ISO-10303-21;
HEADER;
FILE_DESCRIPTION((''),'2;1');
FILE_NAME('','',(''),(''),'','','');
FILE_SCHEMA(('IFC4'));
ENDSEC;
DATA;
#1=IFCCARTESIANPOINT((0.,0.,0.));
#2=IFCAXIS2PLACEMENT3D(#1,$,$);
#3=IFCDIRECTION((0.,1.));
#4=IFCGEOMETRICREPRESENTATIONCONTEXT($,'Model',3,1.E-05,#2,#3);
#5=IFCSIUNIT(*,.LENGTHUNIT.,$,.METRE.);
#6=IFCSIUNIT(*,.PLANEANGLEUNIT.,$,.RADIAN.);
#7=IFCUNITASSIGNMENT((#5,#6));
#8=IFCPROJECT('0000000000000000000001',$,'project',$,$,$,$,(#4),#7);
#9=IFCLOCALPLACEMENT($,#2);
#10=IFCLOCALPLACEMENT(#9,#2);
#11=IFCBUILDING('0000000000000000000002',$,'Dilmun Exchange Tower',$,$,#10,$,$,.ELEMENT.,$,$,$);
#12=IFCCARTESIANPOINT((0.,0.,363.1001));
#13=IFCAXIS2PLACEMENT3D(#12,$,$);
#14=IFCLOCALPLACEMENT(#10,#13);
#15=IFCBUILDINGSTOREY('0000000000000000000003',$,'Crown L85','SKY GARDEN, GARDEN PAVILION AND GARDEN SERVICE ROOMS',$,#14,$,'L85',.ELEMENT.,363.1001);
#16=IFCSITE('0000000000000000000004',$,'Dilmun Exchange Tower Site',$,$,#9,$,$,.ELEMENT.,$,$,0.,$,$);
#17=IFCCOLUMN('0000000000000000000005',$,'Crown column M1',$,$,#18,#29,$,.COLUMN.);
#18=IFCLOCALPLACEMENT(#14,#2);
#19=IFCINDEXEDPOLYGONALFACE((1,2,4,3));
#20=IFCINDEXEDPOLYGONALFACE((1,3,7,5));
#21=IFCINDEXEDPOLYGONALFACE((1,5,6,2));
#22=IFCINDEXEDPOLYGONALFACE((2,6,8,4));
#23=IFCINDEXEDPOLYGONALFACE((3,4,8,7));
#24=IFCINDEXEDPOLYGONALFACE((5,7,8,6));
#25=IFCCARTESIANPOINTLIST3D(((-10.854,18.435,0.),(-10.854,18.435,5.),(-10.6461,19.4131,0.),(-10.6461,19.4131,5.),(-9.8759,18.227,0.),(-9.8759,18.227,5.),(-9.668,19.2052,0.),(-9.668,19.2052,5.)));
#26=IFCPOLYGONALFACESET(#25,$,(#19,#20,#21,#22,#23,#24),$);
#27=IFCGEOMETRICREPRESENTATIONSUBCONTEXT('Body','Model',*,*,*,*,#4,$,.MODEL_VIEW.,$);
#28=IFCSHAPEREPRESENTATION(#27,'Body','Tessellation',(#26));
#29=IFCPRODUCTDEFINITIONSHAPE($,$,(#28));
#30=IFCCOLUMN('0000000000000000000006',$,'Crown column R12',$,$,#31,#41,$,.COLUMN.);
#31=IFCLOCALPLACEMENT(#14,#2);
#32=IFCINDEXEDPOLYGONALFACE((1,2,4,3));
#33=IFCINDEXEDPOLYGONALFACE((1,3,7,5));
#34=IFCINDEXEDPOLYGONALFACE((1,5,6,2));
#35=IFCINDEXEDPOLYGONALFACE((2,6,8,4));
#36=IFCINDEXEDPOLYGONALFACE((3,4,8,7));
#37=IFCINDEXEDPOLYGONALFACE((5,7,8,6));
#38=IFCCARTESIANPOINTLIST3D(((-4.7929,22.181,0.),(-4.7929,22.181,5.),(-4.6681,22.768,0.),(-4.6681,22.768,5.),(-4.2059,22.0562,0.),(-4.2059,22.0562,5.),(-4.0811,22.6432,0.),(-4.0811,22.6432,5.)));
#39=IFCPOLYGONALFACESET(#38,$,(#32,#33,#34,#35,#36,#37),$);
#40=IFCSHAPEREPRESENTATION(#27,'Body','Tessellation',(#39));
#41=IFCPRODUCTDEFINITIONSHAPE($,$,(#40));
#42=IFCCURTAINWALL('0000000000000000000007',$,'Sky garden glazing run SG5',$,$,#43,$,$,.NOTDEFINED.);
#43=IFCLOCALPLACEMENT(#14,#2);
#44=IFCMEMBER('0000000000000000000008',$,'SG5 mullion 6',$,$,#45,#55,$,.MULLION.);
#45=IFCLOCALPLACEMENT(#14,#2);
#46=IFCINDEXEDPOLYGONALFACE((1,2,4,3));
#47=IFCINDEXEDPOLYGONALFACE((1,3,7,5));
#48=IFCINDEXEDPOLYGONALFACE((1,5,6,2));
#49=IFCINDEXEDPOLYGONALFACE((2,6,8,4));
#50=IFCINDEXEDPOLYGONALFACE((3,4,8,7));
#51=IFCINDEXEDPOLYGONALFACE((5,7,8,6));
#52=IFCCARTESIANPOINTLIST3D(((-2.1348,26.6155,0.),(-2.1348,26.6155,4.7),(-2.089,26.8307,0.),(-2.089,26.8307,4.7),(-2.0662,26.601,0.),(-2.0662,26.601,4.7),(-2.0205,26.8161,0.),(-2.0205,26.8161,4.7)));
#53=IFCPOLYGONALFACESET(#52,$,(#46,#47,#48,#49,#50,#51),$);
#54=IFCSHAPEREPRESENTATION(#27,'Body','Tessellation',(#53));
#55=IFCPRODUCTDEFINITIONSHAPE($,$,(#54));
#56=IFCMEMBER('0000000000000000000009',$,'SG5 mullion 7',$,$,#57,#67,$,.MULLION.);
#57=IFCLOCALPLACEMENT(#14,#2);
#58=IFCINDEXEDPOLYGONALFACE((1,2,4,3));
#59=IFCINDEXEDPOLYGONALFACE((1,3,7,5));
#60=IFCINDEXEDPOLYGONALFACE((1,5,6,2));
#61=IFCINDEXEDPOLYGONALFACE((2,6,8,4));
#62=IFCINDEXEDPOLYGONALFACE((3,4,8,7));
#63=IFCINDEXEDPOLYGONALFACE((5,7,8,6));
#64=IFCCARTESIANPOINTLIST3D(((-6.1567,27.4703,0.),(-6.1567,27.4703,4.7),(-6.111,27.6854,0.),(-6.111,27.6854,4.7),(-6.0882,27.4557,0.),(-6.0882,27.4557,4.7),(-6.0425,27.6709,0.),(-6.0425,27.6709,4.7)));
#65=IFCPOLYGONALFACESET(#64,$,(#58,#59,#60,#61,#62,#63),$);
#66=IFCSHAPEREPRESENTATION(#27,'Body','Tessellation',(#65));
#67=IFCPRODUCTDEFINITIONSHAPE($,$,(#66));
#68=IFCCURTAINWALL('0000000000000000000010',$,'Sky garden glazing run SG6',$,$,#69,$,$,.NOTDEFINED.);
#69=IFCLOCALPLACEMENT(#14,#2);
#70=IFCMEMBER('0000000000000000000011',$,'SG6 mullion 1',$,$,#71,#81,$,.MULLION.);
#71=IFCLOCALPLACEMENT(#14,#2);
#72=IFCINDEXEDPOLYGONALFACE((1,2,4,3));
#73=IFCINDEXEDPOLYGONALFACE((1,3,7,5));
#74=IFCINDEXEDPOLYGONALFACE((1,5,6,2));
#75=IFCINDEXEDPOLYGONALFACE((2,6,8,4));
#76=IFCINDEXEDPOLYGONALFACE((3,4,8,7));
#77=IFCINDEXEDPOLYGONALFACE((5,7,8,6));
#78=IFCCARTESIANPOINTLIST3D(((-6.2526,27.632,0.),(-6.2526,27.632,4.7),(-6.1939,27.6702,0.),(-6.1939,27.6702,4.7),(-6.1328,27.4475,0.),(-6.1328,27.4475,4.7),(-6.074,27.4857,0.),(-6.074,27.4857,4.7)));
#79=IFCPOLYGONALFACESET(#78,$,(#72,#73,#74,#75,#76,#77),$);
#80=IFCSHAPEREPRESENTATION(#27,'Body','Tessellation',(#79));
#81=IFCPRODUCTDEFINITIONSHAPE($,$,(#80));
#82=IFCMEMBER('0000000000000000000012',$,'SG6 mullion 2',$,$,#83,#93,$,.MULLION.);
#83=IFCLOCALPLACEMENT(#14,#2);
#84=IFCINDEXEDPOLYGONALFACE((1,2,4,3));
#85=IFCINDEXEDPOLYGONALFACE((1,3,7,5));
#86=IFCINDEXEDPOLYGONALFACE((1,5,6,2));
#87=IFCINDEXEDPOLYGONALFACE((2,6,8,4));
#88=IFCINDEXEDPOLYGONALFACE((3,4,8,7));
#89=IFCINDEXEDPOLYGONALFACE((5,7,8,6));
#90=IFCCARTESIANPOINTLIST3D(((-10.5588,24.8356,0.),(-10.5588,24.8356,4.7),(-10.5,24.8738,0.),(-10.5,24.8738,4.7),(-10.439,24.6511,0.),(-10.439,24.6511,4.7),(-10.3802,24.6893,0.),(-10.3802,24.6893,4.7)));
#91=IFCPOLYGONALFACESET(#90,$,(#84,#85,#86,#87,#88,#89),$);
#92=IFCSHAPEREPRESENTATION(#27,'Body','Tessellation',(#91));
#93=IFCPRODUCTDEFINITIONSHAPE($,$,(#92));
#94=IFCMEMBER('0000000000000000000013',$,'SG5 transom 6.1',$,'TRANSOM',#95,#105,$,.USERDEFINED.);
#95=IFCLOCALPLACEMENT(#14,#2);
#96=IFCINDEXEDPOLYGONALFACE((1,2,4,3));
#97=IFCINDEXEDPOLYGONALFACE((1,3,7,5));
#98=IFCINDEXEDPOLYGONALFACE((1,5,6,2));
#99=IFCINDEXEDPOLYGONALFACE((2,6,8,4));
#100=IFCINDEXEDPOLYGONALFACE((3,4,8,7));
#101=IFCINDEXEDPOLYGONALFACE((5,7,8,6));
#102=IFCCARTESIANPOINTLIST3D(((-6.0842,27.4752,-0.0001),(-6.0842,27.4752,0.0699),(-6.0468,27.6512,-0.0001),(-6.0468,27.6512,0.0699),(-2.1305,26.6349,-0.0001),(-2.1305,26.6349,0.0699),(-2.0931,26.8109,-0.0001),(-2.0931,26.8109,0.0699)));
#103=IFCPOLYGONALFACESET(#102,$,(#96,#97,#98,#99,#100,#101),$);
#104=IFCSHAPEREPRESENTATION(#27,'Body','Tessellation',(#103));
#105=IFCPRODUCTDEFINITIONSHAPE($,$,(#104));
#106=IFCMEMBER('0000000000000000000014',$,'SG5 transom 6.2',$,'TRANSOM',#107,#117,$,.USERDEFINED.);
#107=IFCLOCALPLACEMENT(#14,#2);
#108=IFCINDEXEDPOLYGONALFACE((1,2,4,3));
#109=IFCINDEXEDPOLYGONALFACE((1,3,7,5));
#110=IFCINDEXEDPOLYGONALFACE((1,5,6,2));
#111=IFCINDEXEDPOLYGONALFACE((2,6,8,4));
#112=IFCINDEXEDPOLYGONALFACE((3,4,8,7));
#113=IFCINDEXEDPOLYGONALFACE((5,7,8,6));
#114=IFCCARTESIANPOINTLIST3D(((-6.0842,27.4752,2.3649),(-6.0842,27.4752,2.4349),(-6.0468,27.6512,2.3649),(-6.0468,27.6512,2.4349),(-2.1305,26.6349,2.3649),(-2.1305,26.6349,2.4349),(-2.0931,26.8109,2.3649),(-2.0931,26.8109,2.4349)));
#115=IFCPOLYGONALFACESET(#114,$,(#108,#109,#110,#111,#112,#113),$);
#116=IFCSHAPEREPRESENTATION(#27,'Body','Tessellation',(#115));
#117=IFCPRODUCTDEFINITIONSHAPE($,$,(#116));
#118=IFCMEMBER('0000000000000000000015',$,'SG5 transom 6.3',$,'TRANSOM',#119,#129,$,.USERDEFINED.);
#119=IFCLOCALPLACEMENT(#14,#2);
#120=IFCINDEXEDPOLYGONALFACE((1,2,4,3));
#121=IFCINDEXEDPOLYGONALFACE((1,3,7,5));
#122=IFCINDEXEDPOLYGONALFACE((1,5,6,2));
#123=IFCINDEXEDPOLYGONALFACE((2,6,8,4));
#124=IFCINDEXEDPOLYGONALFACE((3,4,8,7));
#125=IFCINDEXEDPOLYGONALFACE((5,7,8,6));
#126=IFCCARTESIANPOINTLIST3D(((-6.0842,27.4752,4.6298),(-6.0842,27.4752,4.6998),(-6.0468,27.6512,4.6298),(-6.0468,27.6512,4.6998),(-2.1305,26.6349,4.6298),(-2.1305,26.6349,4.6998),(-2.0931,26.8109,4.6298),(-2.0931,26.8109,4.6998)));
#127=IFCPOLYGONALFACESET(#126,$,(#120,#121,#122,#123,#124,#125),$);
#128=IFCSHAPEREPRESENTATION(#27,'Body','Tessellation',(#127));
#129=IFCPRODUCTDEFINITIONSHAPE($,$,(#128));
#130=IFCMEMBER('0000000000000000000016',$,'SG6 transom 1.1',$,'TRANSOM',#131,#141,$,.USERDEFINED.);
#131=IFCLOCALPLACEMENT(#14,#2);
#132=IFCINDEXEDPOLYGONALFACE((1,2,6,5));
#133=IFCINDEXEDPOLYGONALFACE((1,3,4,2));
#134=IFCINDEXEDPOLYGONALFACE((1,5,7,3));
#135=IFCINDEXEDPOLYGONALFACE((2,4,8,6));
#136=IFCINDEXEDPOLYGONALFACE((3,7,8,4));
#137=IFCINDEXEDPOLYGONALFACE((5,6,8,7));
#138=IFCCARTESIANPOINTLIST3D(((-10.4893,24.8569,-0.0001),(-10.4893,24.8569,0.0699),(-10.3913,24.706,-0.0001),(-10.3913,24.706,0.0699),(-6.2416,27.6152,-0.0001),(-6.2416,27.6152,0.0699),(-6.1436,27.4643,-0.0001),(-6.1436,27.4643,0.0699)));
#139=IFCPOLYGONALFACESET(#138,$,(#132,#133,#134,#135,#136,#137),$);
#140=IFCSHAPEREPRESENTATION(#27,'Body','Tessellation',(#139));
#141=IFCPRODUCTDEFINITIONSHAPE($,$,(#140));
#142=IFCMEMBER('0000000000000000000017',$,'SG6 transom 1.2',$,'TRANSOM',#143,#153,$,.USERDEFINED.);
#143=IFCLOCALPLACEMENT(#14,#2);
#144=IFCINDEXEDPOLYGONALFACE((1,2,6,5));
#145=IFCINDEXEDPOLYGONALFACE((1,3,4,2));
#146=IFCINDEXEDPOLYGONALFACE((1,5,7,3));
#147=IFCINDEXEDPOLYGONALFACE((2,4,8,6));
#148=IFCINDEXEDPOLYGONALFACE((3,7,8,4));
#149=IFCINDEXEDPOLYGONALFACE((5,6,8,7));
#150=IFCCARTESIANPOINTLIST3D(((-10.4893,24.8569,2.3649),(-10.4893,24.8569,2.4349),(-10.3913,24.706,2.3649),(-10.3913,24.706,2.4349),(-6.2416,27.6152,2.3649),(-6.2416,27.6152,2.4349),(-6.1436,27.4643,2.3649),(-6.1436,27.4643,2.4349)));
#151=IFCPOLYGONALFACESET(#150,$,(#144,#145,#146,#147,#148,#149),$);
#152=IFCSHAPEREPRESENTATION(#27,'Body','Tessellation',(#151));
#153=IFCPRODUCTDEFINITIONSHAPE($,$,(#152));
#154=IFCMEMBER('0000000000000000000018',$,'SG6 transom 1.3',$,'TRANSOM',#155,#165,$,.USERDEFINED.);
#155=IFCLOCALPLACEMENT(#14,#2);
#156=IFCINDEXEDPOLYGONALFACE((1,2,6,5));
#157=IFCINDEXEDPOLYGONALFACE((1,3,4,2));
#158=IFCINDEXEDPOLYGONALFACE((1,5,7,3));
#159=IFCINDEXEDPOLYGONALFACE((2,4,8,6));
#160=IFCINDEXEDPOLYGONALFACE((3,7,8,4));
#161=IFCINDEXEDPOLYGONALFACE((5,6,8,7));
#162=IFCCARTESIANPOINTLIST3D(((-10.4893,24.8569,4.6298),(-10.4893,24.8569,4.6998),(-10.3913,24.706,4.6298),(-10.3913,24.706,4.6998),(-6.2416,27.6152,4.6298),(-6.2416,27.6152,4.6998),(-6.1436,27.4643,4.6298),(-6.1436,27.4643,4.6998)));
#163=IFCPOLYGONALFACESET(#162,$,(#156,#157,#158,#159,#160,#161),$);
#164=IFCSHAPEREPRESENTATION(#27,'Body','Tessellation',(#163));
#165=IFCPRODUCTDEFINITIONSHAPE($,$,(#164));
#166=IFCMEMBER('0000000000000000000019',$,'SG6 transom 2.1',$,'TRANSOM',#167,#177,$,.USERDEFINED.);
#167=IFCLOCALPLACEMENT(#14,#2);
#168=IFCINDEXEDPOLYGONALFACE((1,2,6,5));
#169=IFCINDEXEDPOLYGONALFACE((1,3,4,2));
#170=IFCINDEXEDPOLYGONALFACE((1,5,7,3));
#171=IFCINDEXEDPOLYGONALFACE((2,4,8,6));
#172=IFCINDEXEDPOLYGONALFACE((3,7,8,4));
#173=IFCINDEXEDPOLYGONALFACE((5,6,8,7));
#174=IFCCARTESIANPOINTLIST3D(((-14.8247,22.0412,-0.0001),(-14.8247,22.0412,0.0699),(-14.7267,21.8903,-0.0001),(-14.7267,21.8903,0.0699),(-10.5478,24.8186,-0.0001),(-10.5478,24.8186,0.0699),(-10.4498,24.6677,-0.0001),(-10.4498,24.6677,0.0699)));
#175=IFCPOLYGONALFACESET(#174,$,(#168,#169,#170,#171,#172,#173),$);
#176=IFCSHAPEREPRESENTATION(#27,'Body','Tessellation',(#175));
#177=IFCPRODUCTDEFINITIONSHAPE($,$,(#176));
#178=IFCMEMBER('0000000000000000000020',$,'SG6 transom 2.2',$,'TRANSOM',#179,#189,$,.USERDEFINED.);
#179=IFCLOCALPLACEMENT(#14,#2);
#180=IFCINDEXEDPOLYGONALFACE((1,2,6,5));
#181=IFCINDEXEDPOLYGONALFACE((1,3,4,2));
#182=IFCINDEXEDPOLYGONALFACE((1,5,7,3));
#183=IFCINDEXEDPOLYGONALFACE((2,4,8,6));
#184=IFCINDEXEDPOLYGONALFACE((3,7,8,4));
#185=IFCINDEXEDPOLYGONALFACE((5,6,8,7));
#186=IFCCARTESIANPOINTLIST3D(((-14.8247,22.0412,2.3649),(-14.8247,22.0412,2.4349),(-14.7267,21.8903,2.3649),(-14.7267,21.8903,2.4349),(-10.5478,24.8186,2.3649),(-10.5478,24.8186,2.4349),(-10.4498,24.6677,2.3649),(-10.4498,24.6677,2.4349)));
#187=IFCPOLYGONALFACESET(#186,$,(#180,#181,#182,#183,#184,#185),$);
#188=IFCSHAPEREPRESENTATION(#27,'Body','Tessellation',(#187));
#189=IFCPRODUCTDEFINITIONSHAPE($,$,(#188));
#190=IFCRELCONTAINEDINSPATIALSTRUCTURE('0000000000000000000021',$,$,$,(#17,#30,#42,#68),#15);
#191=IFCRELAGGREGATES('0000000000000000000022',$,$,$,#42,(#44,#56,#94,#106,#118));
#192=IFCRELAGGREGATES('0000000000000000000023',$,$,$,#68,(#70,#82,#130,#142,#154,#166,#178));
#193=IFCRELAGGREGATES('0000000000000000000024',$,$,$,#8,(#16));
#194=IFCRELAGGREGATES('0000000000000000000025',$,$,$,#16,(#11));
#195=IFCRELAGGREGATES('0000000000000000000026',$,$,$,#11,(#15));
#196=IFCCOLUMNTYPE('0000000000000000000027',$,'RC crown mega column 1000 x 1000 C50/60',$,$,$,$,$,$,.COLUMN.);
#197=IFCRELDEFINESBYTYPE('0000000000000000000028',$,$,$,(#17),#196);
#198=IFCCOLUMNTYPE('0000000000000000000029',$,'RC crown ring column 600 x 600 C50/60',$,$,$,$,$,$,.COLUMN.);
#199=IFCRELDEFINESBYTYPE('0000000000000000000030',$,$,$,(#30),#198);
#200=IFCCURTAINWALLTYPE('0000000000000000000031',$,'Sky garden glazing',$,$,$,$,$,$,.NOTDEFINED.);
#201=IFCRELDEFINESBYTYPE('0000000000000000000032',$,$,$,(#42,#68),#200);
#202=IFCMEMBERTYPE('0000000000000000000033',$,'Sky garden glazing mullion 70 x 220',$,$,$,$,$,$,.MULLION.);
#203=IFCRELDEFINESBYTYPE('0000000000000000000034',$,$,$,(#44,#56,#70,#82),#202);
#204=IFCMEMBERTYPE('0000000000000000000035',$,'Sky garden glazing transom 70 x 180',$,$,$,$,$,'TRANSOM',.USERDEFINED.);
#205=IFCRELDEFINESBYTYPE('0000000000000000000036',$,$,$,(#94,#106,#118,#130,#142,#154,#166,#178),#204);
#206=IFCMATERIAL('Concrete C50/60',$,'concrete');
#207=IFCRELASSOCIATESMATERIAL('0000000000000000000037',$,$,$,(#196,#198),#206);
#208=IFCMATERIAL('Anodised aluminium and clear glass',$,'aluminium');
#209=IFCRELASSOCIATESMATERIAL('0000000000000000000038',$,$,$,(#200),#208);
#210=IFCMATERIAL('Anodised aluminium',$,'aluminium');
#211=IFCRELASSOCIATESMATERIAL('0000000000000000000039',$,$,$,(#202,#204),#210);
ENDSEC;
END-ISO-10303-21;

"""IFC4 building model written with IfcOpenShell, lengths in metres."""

from ifc_helpers import new_model, si_unit, direction, frame, origin, origin_2d, place, context, subcontext, project, spatial, rectangle, extrude, material, material_profile, profile_set, type_object, element, aggregate, save


model = new_model("IFC4")

# Units and contexts
model_context = context("Model", 3, precision=1e-05, world=origin(), true_north=direction((0.0, 1.0)))
body_context = subcontext(model_context, "Body", "Model", "MODEL_VIEW")
ifc_project = project(units=[si_unit("LENGTHUNIT", "METRE"), si_unit("PLANEANGLEUNIT", "RADIAN")], contexts=[model_context])

# Site, building, storey
site_placement = place(None, origin())
site = spatial("IfcSite", under=ifc_project, at=site_placement, Name="Dilmun Exchange Tower Site", CompositionType="ELEMENT", RefElevation=0.0)
building_placement = place(site_placement, origin())
building = spatial("IfcBuilding", under=site, at=building_placement, Name="Dilmun Exchange Tower", CompositionType="ELEMENT")
storey_placement = place(building_placement, frame((0.0, 0.0, 363.1001)))
storey = spatial("IfcBuildingStorey", under=building, at=storey_placement, Name="Crown L85", Description="SKY GARDEN, GARDEN PAVILION AND GARDEN SERVICE ROOMS", LongName="L85", CompositionType="ELEMENT", Elevation=363.1001)

# Columns
ifc_material_1 = material(Name="Concrete C50/60", Category="concrete")
ifc_material_profile_1 = material_profile(ifc_material_1, rectangle(XDim=1.0, YDim=1.0, at=origin_2d()), Name="1000 x 1000")
ifc_profile_set_1 = profile_set([ifc_material_profile_1], Name="Concrete C50/60")
column_type_1 = type_object("IfcColumnType", Name="RC crown mega column 1000 x 1000 C50/60", PredefinedType="COLUMN", material=ifc_profile_set_1)
column_1_placement = place(storey_placement, frame((-10.261, 18.8201, 0.0), z_axis=(0.0, 0.0, 1.0), x_axis=(0.207912, 0.978148, 0.0)))
element("IfcColumn", 1, at=column_1_placement, inside=storey, type_object=column_type_1, Name="Crown column M1", PredefinedType="COLUMN", context=body_context, shape_type="SweptSolid", body=[
    extrude(rectangle(XDim=1.0, YDim=1.0, at=origin_2d()), origin(), (0.0, 0.0, 1.0), 5.0),
])
ifc_material_profile_2 = material_profile(ifc_material_1, rectangle(XDim=0.6001, YDim=0.6001, at=origin_2d()), Name="600 x 600")
ifc_profile_set_2 = profile_set([ifc_material_profile_2], Name="Concrete C50/60")
column_type_2 = type_object("IfcColumnType", Name="RC crown ring column 600 x 600 C50/60", PredefinedType="COLUMN", material=ifc_profile_set_2)
column_2_placement = place(storey_placement, frame((-4.437, 22.4121, 0.0), z_axis=(0.0, 0.0, 1.0), x_axis=(0.207912, 0.978148, 0.0)))
element("IfcColumn", 2, at=column_2_placement, inside=storey, type_object=column_type_2, Name="Crown column R12", PredefinedType="COLUMN", context=body_context, shape_type="SweptSolid", body=[
    extrude(rectangle(XDim=0.6001, YDim=0.6001, at=origin_2d()), origin(), (0.0, 0.0, 1.0), 5.0),
])

# Curtain walls, members
ifc_material_2 = material(Name="Anodised aluminium and clear glass", Category="aluminium")
curtain_wall_type = type_object("IfcCurtainWallType", Name="Sky garden glazing", PredefinedType="NOTDEFINED", material=ifc_material_2)
curtain_wall_1_placement = place(storey_placement, origin())
curtain_wall_1 = element("IfcCurtainWall", 3, at=curtain_wall_1_placement, inside=storey, type_object=curtain_wall_type, Name="Sky garden glazing run SG5", PredefinedType="NOTDEFINED")
ifc_material_3 = material(Name="Anodised aluminium", Category="aluminium")
ifc_material_profile_3 = material_profile(ifc_material_3, rectangle(XDim=0.22, YDim=0.0701, at=origin_2d()), Name="AL 70x220")
ifc_profile_set_3 = profile_set([ifc_material_profile_3], Name="Anodised aluminium")
member_type_1 = type_object("IfcMemberType", Name="Sky garden glazing mullion 70 x 220", PredefinedType="MULLION", material=ifc_profile_set_3)
member_1_placement = place(storey_placement, frame((-2.0776, 26.7158, 0.0), z_axis=(0.0, 0.0, 1.0), x_axis=(-0.20791, -0.978148, 0.0)))
member_1 = element("IfcMember", 4, at=member_1_placement, type_object=member_type_1, Name="SG5 mullion 6", PredefinedType="MULLION", context=body_context, shape_type="SweptSolid", body=[
    extrude(rectangle(XDim=0.22, YDim=0.0701, at=origin_2d()), origin(), (0.0, 0.0, 1.0), 4.7),
])
member_2_placement = place(storey_placement, frame((-6.0996, 27.5706, 0.0), z_axis=(0.0, 0.0, 1.0), x_axis=(-0.20791, -0.978148, 0.0)))
member_2 = element("IfcMember", 5, at=member_2_placement, type_object=member_type_1, Name="SG5 mullion 7", PredefinedType="MULLION", context=body_context, shape_type="SweptSolid", body=[
    extrude(rectangle(XDim=0.22, YDim=0.0701, at=origin_2d()), origin(), (0.0, 0.0, 1.0), 4.7),
])
curtain_wall_2_placement = place(storey_placement, origin())
curtain_wall_2 = element("IfcCurtainWall", 6, at=curtain_wall_2_placement, inside=storey, type_object=curtain_wall_type, Name="Sky garden glazing run SG6", PredefinedType="NOTDEFINED")
member_3_placement = place(storey_placement, frame((-6.1633, 27.5588, 0.0), z_axis=(0.0, 0.0, 1.0), x_axis=(0.544638, -0.838671, 0.0)))
member_3 = element("IfcMember", 7, at=member_3_placement, type_object=member_type_1, Name="SG6 mullion 1", PredefinedType="MULLION", context=body_context, shape_type="SweptSolid", body=[
    extrude(rectangle(XDim=0.22, YDim=0.0701, at=origin_2d()), origin(), (0.0, 0.0, 1.0), 4.7),
])
member_4_placement = place(storey_placement, frame((-10.4695, 24.7625, 0.0), z_axis=(0.0, 0.0, 1.0), x_axis=(0.544638, -0.838671, 0.0)))
member_4 = element("IfcMember", 8, at=member_4_placement, type_object=member_type_1, Name="SG6 mullion 2", PredefinedType="MULLION", context=body_context, shape_type="SweptSolid", body=[
    extrude(rectangle(XDim=0.22, YDim=0.0701, at=origin_2d()), origin(), (0.0, 0.0, 1.0), 4.7),
])

# Members
ifc_material_profile_4 = material_profile(ifc_material_3, rectangle(XDim=0.1799, YDim=0.0701, at=origin_2d()), Name="AL 70x180")
ifc_profile_set_4 = profile_set([ifc_material_profile_4], Name="Anodised aluminium")
member_type_2 = type_object("IfcMemberType", Name="Sky garden glazing transom 70 x 180", ElementType="TRANSOM", PredefinedType="USERDEFINED", material=ifc_profile_set_4)
member_5_placement = place(storey_placement, frame((-2.1118, 26.7229, 0.0349), z_axis=(-0.978149, 0.207904, 0.0), x_axis=(-0.207904, -0.978149, 0.0)))
member_5 = element("IfcMember", 9, at=member_5_placement, type_object=member_type_2, Name="SG5 transom 6.1", ObjectType="TRANSOM", PredefinedType="USERDEFINED", context=body_context, shape_type="SweptSolid", body=[
    extrude(rectangle(XDim=0.1799, YDim=0.0701, at=origin_2d()), origin(), (0.0, 0.0, 1.0), 4.042),
])
member_6_placement = place(storey_placement, frame((-2.1118, 26.7229, 2.3999), z_axis=(-0.978149, 0.207904, 0.0), x_axis=(-0.207904, -0.978149, 0.0)))
member_6 = element("IfcMember", 10, at=member_6_placement, type_object=member_type_2, Name="SG5 transom 6.2", ObjectType="TRANSOM", PredefinedType="USERDEFINED", context=body_context, shape_type="SweptSolid", body=[
    extrude(rectangle(XDim=0.1799, YDim=0.0701, at=origin_2d()), origin(), (0.0, 0.0, 1.0), 4.042),
])
member_7_placement = place(storey_placement, frame((-2.1118, 26.7229, 4.6648), z_axis=(-0.978149, 0.207904, 0.0), x_axis=(-0.207904, -0.978149, 0.0)))
member_7 = element("IfcMember", 11, at=member_7_placement, type_object=member_type_2, Name="SG5 transom 6.3", ObjectType="TRANSOM", PredefinedType="USERDEFINED", context=body_context, shape_type="SweptSolid", body=[
    extrude(rectangle(XDim=0.1799, YDim=0.0701, at=origin_2d()), origin(), (0.0, 0.0, 1.0), 4.042),
])
member_8_placement = place(storey_placement, frame((-6.1926, 27.5398, 0.0349), z_axis=(-0.838679, -0.544626, 0.0), x_axis=(0.544626, -0.838679, 0.0)))
member_8 = element("IfcMember", 12, at=member_8_placement, type_object=member_type_2, Name="SG6 transom 1.1", ObjectType="TRANSOM", PredefinedType="USERDEFINED", context=body_context, shape_type="SweptSolid", body=[
    extrude(rectangle(XDim=0.1799, YDim=0.0701, at=origin_2d()), origin(), (0.0, 0.0, 1.0), 5.0647),
])
member_9_placement = place(storey_placement, frame((-6.1926, 27.5398, 2.3999), z_axis=(-0.838679, -0.544626, 0.0), x_axis=(0.544626, -0.838679, 0.0)))
member_9 = element("IfcMember", 13, at=member_9_placement, type_object=member_type_2, Name="SG6 transom 1.2", ObjectType="TRANSOM", PredefinedType="USERDEFINED", context=body_context, shape_type="SweptSolid", body=[
    extrude(rectangle(XDim=0.1799, YDim=0.0701, at=origin_2d()), origin(), (0.0, 0.0, 1.0), 5.0647),
])
member_10_placement = place(storey_placement, frame((-6.1926, 27.5398, 4.6648), z_axis=(-0.838679, -0.544626, 0.0), x_axis=(0.544626, -0.838679, 0.0)))
member_10 = element("IfcMember", 14, at=member_10_placement, type_object=member_type_2, Name="SG6 transom 1.3", ObjectType="TRANSOM", PredefinedType="USERDEFINED", context=body_context, shape_type="SweptSolid", body=[
    extrude(rectangle(XDim=0.1799, YDim=0.0701, at=origin_2d()), origin(), (0.0, 0.0, 1.0), 5.0647),
])
member_11_placement = place(storey_placement, frame((-10.4988, 24.7432, 0.0349), z_axis=(-0.838678, -0.544628, 0.0), x_axis=(0.544628, -0.838678, 0.0)))
member_11 = element("IfcMember", 15, at=member_11_placement, type_object=member_type_2, Name="SG6 transom 2.1", ObjectType="TRANSOM", PredefinedType="USERDEFINED", context=body_context, shape_type="SweptSolid", body=[
    extrude(rectangle(XDim=0.1799, YDim=0.0701, at=origin_2d()), origin(), (0.0, 0.0, 1.0), 5.0996),
])
member_12_placement = place(storey_placement, frame((-10.4988, 24.7432, 2.3999), z_axis=(-0.838678, -0.544628, 0.0), x_axis=(0.544628, -0.838678, 0.0)))
member_12 = element("IfcMember", 16, at=member_12_placement, type_object=member_type_2, Name="SG6 transom 2.2", ObjectType="TRANSOM", PredefinedType="USERDEFINED", context=body_context, shape_type="SweptSolid", body=[
    extrude(rectangle(XDim=0.1799, YDim=0.0701, at=origin_2d()), origin(), (0.0, 0.0, 1.0), 5.0996),
])

aggregate(curtain_wall_1, [member_1, member_2, member_5, member_6, member_7])
aggregate(curtain_wall_2, [member_3, member_4, member_8, member_9, member_10, member_11, member_12])

save(model, "model.ifc")
